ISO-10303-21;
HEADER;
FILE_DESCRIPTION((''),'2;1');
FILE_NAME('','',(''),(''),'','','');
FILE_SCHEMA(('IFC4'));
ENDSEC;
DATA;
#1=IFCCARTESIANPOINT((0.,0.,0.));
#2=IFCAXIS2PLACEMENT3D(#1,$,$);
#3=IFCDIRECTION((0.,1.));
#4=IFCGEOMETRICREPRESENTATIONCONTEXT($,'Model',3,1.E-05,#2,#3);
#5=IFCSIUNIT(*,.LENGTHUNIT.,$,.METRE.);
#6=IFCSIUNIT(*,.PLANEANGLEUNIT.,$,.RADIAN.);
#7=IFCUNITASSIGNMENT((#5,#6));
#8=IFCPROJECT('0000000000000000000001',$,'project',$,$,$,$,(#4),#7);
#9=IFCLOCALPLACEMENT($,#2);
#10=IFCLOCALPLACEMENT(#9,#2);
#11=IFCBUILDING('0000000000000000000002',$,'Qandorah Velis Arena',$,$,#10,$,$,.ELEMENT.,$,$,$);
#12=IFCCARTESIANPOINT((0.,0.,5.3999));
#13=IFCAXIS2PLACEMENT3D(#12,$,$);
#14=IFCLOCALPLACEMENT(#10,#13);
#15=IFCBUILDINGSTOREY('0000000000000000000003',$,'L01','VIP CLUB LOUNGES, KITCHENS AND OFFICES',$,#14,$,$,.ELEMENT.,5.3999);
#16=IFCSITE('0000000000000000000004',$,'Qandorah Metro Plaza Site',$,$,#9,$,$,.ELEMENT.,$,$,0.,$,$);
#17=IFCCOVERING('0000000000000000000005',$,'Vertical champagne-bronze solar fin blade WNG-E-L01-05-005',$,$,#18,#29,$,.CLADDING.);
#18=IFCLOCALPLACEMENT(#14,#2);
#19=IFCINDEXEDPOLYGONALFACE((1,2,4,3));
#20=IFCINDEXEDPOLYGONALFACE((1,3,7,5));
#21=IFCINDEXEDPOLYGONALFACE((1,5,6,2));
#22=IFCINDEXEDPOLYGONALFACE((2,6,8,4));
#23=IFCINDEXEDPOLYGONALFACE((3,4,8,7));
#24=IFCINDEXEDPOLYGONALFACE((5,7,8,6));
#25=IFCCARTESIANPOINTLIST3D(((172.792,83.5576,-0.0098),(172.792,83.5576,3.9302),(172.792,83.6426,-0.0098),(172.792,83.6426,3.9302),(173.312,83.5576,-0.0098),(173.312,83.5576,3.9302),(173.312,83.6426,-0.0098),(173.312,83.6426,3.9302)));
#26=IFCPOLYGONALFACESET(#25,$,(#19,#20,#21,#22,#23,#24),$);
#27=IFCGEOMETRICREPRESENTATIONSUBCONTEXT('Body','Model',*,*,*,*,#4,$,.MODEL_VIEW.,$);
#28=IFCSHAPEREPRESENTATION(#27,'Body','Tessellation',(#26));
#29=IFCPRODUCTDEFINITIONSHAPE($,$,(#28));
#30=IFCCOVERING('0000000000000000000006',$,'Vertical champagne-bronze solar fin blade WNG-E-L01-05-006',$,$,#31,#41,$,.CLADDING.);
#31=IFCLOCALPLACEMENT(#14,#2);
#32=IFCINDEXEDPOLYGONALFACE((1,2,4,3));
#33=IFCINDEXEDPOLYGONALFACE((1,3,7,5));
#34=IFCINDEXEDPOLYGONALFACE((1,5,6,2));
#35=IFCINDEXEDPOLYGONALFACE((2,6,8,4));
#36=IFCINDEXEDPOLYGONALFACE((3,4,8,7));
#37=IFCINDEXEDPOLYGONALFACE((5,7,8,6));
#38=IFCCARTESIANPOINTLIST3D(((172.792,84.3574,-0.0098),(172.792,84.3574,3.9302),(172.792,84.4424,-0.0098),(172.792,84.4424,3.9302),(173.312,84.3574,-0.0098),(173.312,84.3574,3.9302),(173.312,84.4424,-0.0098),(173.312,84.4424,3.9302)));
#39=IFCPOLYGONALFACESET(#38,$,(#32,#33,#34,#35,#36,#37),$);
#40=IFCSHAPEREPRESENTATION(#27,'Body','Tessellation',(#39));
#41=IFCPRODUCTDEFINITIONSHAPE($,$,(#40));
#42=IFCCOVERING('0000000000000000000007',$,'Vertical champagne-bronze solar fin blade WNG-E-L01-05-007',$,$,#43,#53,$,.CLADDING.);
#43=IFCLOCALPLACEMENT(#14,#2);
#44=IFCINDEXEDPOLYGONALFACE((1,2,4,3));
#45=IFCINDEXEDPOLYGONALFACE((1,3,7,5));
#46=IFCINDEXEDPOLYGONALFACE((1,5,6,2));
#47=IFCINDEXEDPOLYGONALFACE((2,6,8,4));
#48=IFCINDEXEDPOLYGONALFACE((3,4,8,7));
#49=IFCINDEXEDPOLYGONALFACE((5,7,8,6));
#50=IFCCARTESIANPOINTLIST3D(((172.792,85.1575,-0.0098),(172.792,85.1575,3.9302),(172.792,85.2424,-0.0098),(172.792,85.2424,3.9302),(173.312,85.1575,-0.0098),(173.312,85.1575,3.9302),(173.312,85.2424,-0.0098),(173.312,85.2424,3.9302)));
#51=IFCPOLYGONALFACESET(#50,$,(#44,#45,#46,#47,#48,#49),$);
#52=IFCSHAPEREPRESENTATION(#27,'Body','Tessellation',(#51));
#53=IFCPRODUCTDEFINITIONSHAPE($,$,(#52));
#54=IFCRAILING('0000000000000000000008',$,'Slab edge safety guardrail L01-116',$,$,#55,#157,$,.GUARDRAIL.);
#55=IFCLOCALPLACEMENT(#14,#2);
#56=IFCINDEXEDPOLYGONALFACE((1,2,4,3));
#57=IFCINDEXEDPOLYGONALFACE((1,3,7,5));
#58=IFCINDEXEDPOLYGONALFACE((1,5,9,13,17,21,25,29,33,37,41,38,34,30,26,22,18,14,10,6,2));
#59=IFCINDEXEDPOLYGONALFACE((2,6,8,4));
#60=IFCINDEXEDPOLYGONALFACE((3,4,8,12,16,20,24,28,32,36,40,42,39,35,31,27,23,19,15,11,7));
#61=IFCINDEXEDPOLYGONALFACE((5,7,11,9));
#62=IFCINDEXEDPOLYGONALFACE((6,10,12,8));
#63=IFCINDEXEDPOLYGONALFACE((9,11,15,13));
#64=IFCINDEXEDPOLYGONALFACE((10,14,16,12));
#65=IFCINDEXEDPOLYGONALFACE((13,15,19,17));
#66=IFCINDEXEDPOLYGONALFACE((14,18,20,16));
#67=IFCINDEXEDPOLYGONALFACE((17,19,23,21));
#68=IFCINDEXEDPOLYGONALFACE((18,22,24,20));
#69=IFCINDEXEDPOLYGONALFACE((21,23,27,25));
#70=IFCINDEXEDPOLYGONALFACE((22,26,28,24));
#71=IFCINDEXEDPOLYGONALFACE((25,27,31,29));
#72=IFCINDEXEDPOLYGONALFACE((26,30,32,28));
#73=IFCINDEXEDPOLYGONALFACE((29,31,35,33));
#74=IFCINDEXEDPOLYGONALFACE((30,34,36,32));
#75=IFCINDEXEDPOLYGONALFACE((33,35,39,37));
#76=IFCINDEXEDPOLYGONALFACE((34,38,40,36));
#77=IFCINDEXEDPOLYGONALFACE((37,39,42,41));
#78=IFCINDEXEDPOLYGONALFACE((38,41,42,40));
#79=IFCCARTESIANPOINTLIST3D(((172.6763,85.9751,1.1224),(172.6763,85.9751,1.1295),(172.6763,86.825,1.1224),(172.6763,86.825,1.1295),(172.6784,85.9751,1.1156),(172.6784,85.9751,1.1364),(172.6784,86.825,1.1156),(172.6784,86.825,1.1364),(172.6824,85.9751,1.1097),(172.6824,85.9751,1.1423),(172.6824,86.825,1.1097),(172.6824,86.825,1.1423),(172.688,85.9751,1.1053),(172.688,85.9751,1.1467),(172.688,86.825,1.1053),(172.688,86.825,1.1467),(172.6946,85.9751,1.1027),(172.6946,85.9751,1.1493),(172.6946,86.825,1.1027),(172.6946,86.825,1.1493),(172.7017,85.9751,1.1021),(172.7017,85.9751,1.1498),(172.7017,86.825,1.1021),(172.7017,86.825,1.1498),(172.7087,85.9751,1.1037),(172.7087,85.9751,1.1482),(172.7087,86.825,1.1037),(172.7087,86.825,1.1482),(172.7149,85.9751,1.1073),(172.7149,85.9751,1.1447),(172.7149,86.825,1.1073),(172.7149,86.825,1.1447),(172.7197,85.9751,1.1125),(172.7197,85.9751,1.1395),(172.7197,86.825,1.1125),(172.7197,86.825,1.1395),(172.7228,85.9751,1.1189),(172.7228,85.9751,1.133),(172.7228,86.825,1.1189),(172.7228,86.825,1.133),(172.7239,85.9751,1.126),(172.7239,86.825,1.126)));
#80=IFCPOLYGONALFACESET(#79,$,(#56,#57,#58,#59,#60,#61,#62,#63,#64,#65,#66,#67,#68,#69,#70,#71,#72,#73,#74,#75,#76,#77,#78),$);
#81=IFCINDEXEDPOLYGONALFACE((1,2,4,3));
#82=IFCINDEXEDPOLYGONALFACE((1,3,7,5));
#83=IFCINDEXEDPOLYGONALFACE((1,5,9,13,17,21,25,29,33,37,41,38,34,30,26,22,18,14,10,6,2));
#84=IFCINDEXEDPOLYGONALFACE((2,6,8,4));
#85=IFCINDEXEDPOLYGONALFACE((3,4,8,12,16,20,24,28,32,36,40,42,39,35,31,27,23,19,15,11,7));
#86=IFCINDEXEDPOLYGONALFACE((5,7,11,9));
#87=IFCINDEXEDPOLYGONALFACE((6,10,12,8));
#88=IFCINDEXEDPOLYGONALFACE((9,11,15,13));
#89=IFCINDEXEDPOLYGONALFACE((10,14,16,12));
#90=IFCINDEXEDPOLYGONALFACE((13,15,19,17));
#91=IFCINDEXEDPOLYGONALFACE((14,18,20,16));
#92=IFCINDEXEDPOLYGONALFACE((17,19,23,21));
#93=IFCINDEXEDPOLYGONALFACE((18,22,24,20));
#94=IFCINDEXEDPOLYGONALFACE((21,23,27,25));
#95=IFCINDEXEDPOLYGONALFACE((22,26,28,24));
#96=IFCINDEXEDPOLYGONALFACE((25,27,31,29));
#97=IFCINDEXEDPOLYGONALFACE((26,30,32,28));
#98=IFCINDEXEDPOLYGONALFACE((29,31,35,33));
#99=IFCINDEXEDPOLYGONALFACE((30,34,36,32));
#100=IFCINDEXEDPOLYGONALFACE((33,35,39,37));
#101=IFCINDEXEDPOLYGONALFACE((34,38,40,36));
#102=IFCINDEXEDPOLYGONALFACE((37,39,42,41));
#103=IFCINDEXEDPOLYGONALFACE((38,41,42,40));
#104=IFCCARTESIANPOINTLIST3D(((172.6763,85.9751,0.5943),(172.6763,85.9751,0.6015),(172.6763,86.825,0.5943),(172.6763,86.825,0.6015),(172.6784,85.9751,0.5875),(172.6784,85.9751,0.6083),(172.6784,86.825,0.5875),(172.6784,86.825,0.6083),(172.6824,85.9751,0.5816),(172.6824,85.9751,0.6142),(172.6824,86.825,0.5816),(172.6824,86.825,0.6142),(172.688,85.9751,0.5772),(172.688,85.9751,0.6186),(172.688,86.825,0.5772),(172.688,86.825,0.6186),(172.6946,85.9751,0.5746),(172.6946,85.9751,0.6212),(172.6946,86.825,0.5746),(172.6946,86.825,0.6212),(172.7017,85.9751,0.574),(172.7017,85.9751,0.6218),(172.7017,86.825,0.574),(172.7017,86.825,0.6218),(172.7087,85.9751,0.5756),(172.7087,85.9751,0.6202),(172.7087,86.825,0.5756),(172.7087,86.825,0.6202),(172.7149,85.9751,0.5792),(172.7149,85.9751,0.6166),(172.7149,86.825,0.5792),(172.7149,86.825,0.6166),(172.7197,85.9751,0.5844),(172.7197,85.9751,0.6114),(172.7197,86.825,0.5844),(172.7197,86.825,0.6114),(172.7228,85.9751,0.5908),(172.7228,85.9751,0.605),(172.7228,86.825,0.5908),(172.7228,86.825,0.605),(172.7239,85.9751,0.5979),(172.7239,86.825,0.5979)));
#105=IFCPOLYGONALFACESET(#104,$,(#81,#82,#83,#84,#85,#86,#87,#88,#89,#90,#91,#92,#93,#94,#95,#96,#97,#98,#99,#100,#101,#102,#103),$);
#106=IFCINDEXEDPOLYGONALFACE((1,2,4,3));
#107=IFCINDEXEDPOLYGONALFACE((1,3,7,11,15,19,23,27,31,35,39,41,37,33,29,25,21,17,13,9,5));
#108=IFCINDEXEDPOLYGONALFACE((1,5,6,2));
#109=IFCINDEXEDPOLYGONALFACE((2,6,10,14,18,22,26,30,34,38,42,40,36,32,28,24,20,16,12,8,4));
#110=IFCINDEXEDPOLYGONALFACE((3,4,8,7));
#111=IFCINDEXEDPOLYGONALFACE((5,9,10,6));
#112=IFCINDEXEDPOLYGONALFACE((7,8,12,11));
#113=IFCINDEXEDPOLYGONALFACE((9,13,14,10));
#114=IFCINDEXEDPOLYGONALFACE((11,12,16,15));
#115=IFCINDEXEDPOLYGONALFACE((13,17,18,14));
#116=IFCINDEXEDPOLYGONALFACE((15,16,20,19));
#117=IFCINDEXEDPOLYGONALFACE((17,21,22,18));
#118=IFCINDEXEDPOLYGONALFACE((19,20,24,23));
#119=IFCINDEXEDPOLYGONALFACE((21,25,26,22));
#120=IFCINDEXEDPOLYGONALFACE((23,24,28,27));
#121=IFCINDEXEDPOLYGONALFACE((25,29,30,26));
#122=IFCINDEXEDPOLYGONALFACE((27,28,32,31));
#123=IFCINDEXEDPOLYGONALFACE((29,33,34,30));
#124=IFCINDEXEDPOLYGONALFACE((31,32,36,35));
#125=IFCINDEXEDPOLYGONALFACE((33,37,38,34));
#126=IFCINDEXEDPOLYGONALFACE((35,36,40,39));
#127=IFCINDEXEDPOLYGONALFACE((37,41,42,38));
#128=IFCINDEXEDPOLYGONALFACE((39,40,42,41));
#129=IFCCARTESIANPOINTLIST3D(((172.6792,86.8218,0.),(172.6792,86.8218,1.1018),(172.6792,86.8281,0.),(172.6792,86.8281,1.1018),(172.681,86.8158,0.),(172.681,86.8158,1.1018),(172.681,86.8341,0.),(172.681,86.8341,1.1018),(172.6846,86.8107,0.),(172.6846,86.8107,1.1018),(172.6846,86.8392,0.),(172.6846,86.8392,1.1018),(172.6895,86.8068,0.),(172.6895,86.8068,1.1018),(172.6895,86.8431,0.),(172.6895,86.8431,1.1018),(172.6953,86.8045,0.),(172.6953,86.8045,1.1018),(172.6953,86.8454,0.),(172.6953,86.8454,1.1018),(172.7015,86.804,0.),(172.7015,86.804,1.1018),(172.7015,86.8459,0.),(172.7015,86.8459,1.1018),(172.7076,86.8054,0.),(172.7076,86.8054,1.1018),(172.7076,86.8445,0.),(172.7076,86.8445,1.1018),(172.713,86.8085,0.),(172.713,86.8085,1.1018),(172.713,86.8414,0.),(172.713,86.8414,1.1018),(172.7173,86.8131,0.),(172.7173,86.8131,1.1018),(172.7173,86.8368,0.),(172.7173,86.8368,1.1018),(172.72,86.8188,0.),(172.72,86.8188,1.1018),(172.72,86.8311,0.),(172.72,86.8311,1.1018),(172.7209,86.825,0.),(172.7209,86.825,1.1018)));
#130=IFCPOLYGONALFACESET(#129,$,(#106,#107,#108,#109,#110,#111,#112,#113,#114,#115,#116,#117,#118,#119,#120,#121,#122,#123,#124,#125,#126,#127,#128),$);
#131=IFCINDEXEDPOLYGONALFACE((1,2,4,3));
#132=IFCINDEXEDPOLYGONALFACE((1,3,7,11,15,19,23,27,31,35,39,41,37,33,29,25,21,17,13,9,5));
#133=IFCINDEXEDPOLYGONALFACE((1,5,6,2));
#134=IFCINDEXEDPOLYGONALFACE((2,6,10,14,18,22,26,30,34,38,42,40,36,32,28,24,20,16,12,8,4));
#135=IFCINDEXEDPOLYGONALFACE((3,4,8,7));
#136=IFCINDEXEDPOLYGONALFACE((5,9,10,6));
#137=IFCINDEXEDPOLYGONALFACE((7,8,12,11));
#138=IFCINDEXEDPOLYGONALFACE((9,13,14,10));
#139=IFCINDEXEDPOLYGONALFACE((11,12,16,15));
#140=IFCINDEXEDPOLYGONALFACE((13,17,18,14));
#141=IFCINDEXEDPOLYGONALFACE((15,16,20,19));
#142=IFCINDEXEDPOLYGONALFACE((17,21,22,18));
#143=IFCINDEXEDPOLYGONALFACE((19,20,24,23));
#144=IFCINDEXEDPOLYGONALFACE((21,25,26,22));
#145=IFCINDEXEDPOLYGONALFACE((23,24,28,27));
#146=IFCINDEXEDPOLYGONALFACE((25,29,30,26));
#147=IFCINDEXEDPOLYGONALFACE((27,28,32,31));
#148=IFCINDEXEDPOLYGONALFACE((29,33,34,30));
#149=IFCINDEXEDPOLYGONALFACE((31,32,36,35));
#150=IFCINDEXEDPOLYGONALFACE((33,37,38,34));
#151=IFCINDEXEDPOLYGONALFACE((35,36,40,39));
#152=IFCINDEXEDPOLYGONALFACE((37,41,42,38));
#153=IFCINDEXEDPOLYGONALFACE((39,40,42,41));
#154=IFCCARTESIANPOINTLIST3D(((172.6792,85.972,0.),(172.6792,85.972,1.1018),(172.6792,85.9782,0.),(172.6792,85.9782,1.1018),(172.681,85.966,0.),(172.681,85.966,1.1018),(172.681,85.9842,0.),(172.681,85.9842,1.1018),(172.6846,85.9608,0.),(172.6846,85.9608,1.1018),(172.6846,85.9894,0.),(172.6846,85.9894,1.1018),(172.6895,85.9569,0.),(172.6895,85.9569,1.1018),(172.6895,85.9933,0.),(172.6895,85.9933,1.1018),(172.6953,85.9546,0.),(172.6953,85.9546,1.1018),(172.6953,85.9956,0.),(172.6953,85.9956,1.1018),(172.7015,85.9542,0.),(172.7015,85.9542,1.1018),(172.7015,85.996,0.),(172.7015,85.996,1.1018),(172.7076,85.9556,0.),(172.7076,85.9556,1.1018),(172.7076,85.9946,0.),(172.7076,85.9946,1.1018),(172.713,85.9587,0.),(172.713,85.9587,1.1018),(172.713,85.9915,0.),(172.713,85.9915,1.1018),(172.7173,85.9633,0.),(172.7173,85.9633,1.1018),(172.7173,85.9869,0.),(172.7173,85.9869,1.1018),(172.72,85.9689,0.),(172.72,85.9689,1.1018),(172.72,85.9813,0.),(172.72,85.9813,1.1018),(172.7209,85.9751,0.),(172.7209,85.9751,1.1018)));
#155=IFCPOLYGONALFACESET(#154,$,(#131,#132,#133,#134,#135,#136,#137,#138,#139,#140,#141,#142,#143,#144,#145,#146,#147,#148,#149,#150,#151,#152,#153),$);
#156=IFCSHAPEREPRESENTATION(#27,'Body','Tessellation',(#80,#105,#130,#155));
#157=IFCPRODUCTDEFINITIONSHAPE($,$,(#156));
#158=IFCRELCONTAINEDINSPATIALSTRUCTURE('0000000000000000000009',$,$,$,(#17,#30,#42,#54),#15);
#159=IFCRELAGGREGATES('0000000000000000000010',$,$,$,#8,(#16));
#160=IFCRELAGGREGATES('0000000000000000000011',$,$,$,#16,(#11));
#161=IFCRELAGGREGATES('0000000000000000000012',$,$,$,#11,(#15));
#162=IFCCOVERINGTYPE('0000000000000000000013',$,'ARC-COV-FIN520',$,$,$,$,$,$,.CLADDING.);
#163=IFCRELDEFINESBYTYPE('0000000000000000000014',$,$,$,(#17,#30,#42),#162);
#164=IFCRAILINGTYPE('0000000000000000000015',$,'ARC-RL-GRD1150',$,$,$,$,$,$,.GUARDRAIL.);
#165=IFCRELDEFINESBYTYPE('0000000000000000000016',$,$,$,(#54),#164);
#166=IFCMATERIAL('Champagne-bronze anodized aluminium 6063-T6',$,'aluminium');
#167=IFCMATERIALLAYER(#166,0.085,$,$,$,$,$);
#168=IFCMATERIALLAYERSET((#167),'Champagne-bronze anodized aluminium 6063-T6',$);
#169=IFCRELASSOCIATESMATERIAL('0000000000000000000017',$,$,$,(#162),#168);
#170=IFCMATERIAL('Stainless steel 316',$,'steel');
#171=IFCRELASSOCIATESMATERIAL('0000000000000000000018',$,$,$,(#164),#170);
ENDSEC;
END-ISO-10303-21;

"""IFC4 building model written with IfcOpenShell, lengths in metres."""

from ifc_helpers import new_model, si_unit, direction, frame, origin, origin_2d, place, context, subcontext, project, spatial, rectangle, circle, extrude, material, layer, layer_set, type_object, element, save


model = new_model("IFC4")

# Units and contexts
model_context = context("Model", 3, precision=1e-05, world=origin(), true_north=direction((0.0, 1.0)))
body_context = subcontext(model_context, "Body", "Model", "MODEL_VIEW")
ifc_project = project(units=[si_unit("LENGTHUNIT", "METRE"), si_unit("PLANEANGLEUNIT", "RADIAN")], contexts=[model_context])

# Site, building, storey
site_placement = place(None, origin())
site = spatial("IfcSite", under=ifc_project, at=site_placement, Name="Qandorah Metro Plaza Site", CompositionType="ELEMENT", RefElevation=0.0)
building_placement = place(site_placement, origin())
building = spatial("IfcBuilding", under=site, at=building_placement, Name="Qandorah Velis Arena", CompositionType="ELEMENT")
storey_placement = place(building_placement, frame((0.0, 0.0, 5.3999)))
storey = spatial("IfcBuildingStorey", under=building, at=storey_placement, Name="L01", Description="VIP CLUB LOUNGES, KITCHENS AND OFFICES", CompositionType="ELEMENT", Elevation=5.3999)

# Shared definitions
ifc_material_1 = material(Name="Champagne-bronze anodized aluminium 6063-T6", Category="aluminium")

# Coverings
ifc_layer_1 = layer(ifc_material_1, 0.085)
ifc_layer_set_1 = layer_set([ifc_layer_1], Name="Champagne-bronze anodized aluminium 6063-T6")
covering_type = type_object("IfcCoveringType", Name="ARC-COV-FIN520", PredefinedType="CLADDING", material=ifc_layer_set_1)
for number, where, z_axis, x_axis, name in (
    (1, (173.052, 83.6001, -0.0098), (0.0, 0.0, 1.0), (1.0, 0.0, 0.0), "Vertical champagne-bronze solar fin blade WNG-E-L01-05-005"),
    (2, (173.052, 84.3999, -0.0098), (0.0, 0.0, 1.0), (1.0, 0.0, 0.0), "Vertical champagne-bronze solar fin blade WNG-E-L01-05-006"),
    (3, (173.052, 85.2, -0.0098), (0.0, 0.0, 1.0), (1.0, 0.0, 0.0), "Vertical champagne-bronze solar fin blade WNG-E-L01-05-007"),
):
    element("IfcCovering", number, at=place(storey_placement, frame(where, z_axis=z_axis, x_axis=x_axis)), inside=storey, type_object=covering_type, Name=name, PredefinedType="CLADDING", context=body_context, shape_type="SweptSolid", body=[
        extrude(rectangle(XDim=0.52, YDim=0.085, at=origin_2d()), origin(), (0.0, 0.0, 1.0), 3.9399),
    ])

# Railing
ifc_material_2 = material(Name="Stainless steel 316", Category="steel")
railing_type = type_object("IfcRailingType", Name="ARC-RL-GRD1150", PredefinedType="GUARDRAIL", material=ifc_material_2)
railing_placement = place(storey_placement, frame((172.7, 86.825, 0.0)))
element("IfcRailing", 4, at=railing_placement, inside=storey, type_object=railing_type, Name="Slab edge safety guardrail L01-116", PredefinedType="GUARDRAIL", context=body_context, shape_type="SweptSolid", body=[
    extrude(circle(Radius=0.0239, at=origin_2d()), frame((0.0, 0.0, 1.126), z_axis=(0.0, -1.0, 0.0), x_axis=(1.0, 0.0, 0.0)), (0.0, 0.0, 1.0), 0.8499),
    extrude(circle(Radius=0.0239, at=origin_2d()), frame((0.0, 0.0, 0.5979), z_axis=(0.0, -1.0, 0.0), x_axis=(1.0, 0.0, 0.0)), (0.0, 0.0, 1.0), 0.8499),
    extrude(circle(Radius=0.021, at=origin_2d()), origin(), (0.0, 0.0, 1.0), 1.1018),
    extrude(circle(Radius=0.021, at=origin_2d()), frame((0.0, -0.8499, 0.0)), (0.0, 0.0, 1.0), 1.1018),
])

save(model, "model.ifc")
